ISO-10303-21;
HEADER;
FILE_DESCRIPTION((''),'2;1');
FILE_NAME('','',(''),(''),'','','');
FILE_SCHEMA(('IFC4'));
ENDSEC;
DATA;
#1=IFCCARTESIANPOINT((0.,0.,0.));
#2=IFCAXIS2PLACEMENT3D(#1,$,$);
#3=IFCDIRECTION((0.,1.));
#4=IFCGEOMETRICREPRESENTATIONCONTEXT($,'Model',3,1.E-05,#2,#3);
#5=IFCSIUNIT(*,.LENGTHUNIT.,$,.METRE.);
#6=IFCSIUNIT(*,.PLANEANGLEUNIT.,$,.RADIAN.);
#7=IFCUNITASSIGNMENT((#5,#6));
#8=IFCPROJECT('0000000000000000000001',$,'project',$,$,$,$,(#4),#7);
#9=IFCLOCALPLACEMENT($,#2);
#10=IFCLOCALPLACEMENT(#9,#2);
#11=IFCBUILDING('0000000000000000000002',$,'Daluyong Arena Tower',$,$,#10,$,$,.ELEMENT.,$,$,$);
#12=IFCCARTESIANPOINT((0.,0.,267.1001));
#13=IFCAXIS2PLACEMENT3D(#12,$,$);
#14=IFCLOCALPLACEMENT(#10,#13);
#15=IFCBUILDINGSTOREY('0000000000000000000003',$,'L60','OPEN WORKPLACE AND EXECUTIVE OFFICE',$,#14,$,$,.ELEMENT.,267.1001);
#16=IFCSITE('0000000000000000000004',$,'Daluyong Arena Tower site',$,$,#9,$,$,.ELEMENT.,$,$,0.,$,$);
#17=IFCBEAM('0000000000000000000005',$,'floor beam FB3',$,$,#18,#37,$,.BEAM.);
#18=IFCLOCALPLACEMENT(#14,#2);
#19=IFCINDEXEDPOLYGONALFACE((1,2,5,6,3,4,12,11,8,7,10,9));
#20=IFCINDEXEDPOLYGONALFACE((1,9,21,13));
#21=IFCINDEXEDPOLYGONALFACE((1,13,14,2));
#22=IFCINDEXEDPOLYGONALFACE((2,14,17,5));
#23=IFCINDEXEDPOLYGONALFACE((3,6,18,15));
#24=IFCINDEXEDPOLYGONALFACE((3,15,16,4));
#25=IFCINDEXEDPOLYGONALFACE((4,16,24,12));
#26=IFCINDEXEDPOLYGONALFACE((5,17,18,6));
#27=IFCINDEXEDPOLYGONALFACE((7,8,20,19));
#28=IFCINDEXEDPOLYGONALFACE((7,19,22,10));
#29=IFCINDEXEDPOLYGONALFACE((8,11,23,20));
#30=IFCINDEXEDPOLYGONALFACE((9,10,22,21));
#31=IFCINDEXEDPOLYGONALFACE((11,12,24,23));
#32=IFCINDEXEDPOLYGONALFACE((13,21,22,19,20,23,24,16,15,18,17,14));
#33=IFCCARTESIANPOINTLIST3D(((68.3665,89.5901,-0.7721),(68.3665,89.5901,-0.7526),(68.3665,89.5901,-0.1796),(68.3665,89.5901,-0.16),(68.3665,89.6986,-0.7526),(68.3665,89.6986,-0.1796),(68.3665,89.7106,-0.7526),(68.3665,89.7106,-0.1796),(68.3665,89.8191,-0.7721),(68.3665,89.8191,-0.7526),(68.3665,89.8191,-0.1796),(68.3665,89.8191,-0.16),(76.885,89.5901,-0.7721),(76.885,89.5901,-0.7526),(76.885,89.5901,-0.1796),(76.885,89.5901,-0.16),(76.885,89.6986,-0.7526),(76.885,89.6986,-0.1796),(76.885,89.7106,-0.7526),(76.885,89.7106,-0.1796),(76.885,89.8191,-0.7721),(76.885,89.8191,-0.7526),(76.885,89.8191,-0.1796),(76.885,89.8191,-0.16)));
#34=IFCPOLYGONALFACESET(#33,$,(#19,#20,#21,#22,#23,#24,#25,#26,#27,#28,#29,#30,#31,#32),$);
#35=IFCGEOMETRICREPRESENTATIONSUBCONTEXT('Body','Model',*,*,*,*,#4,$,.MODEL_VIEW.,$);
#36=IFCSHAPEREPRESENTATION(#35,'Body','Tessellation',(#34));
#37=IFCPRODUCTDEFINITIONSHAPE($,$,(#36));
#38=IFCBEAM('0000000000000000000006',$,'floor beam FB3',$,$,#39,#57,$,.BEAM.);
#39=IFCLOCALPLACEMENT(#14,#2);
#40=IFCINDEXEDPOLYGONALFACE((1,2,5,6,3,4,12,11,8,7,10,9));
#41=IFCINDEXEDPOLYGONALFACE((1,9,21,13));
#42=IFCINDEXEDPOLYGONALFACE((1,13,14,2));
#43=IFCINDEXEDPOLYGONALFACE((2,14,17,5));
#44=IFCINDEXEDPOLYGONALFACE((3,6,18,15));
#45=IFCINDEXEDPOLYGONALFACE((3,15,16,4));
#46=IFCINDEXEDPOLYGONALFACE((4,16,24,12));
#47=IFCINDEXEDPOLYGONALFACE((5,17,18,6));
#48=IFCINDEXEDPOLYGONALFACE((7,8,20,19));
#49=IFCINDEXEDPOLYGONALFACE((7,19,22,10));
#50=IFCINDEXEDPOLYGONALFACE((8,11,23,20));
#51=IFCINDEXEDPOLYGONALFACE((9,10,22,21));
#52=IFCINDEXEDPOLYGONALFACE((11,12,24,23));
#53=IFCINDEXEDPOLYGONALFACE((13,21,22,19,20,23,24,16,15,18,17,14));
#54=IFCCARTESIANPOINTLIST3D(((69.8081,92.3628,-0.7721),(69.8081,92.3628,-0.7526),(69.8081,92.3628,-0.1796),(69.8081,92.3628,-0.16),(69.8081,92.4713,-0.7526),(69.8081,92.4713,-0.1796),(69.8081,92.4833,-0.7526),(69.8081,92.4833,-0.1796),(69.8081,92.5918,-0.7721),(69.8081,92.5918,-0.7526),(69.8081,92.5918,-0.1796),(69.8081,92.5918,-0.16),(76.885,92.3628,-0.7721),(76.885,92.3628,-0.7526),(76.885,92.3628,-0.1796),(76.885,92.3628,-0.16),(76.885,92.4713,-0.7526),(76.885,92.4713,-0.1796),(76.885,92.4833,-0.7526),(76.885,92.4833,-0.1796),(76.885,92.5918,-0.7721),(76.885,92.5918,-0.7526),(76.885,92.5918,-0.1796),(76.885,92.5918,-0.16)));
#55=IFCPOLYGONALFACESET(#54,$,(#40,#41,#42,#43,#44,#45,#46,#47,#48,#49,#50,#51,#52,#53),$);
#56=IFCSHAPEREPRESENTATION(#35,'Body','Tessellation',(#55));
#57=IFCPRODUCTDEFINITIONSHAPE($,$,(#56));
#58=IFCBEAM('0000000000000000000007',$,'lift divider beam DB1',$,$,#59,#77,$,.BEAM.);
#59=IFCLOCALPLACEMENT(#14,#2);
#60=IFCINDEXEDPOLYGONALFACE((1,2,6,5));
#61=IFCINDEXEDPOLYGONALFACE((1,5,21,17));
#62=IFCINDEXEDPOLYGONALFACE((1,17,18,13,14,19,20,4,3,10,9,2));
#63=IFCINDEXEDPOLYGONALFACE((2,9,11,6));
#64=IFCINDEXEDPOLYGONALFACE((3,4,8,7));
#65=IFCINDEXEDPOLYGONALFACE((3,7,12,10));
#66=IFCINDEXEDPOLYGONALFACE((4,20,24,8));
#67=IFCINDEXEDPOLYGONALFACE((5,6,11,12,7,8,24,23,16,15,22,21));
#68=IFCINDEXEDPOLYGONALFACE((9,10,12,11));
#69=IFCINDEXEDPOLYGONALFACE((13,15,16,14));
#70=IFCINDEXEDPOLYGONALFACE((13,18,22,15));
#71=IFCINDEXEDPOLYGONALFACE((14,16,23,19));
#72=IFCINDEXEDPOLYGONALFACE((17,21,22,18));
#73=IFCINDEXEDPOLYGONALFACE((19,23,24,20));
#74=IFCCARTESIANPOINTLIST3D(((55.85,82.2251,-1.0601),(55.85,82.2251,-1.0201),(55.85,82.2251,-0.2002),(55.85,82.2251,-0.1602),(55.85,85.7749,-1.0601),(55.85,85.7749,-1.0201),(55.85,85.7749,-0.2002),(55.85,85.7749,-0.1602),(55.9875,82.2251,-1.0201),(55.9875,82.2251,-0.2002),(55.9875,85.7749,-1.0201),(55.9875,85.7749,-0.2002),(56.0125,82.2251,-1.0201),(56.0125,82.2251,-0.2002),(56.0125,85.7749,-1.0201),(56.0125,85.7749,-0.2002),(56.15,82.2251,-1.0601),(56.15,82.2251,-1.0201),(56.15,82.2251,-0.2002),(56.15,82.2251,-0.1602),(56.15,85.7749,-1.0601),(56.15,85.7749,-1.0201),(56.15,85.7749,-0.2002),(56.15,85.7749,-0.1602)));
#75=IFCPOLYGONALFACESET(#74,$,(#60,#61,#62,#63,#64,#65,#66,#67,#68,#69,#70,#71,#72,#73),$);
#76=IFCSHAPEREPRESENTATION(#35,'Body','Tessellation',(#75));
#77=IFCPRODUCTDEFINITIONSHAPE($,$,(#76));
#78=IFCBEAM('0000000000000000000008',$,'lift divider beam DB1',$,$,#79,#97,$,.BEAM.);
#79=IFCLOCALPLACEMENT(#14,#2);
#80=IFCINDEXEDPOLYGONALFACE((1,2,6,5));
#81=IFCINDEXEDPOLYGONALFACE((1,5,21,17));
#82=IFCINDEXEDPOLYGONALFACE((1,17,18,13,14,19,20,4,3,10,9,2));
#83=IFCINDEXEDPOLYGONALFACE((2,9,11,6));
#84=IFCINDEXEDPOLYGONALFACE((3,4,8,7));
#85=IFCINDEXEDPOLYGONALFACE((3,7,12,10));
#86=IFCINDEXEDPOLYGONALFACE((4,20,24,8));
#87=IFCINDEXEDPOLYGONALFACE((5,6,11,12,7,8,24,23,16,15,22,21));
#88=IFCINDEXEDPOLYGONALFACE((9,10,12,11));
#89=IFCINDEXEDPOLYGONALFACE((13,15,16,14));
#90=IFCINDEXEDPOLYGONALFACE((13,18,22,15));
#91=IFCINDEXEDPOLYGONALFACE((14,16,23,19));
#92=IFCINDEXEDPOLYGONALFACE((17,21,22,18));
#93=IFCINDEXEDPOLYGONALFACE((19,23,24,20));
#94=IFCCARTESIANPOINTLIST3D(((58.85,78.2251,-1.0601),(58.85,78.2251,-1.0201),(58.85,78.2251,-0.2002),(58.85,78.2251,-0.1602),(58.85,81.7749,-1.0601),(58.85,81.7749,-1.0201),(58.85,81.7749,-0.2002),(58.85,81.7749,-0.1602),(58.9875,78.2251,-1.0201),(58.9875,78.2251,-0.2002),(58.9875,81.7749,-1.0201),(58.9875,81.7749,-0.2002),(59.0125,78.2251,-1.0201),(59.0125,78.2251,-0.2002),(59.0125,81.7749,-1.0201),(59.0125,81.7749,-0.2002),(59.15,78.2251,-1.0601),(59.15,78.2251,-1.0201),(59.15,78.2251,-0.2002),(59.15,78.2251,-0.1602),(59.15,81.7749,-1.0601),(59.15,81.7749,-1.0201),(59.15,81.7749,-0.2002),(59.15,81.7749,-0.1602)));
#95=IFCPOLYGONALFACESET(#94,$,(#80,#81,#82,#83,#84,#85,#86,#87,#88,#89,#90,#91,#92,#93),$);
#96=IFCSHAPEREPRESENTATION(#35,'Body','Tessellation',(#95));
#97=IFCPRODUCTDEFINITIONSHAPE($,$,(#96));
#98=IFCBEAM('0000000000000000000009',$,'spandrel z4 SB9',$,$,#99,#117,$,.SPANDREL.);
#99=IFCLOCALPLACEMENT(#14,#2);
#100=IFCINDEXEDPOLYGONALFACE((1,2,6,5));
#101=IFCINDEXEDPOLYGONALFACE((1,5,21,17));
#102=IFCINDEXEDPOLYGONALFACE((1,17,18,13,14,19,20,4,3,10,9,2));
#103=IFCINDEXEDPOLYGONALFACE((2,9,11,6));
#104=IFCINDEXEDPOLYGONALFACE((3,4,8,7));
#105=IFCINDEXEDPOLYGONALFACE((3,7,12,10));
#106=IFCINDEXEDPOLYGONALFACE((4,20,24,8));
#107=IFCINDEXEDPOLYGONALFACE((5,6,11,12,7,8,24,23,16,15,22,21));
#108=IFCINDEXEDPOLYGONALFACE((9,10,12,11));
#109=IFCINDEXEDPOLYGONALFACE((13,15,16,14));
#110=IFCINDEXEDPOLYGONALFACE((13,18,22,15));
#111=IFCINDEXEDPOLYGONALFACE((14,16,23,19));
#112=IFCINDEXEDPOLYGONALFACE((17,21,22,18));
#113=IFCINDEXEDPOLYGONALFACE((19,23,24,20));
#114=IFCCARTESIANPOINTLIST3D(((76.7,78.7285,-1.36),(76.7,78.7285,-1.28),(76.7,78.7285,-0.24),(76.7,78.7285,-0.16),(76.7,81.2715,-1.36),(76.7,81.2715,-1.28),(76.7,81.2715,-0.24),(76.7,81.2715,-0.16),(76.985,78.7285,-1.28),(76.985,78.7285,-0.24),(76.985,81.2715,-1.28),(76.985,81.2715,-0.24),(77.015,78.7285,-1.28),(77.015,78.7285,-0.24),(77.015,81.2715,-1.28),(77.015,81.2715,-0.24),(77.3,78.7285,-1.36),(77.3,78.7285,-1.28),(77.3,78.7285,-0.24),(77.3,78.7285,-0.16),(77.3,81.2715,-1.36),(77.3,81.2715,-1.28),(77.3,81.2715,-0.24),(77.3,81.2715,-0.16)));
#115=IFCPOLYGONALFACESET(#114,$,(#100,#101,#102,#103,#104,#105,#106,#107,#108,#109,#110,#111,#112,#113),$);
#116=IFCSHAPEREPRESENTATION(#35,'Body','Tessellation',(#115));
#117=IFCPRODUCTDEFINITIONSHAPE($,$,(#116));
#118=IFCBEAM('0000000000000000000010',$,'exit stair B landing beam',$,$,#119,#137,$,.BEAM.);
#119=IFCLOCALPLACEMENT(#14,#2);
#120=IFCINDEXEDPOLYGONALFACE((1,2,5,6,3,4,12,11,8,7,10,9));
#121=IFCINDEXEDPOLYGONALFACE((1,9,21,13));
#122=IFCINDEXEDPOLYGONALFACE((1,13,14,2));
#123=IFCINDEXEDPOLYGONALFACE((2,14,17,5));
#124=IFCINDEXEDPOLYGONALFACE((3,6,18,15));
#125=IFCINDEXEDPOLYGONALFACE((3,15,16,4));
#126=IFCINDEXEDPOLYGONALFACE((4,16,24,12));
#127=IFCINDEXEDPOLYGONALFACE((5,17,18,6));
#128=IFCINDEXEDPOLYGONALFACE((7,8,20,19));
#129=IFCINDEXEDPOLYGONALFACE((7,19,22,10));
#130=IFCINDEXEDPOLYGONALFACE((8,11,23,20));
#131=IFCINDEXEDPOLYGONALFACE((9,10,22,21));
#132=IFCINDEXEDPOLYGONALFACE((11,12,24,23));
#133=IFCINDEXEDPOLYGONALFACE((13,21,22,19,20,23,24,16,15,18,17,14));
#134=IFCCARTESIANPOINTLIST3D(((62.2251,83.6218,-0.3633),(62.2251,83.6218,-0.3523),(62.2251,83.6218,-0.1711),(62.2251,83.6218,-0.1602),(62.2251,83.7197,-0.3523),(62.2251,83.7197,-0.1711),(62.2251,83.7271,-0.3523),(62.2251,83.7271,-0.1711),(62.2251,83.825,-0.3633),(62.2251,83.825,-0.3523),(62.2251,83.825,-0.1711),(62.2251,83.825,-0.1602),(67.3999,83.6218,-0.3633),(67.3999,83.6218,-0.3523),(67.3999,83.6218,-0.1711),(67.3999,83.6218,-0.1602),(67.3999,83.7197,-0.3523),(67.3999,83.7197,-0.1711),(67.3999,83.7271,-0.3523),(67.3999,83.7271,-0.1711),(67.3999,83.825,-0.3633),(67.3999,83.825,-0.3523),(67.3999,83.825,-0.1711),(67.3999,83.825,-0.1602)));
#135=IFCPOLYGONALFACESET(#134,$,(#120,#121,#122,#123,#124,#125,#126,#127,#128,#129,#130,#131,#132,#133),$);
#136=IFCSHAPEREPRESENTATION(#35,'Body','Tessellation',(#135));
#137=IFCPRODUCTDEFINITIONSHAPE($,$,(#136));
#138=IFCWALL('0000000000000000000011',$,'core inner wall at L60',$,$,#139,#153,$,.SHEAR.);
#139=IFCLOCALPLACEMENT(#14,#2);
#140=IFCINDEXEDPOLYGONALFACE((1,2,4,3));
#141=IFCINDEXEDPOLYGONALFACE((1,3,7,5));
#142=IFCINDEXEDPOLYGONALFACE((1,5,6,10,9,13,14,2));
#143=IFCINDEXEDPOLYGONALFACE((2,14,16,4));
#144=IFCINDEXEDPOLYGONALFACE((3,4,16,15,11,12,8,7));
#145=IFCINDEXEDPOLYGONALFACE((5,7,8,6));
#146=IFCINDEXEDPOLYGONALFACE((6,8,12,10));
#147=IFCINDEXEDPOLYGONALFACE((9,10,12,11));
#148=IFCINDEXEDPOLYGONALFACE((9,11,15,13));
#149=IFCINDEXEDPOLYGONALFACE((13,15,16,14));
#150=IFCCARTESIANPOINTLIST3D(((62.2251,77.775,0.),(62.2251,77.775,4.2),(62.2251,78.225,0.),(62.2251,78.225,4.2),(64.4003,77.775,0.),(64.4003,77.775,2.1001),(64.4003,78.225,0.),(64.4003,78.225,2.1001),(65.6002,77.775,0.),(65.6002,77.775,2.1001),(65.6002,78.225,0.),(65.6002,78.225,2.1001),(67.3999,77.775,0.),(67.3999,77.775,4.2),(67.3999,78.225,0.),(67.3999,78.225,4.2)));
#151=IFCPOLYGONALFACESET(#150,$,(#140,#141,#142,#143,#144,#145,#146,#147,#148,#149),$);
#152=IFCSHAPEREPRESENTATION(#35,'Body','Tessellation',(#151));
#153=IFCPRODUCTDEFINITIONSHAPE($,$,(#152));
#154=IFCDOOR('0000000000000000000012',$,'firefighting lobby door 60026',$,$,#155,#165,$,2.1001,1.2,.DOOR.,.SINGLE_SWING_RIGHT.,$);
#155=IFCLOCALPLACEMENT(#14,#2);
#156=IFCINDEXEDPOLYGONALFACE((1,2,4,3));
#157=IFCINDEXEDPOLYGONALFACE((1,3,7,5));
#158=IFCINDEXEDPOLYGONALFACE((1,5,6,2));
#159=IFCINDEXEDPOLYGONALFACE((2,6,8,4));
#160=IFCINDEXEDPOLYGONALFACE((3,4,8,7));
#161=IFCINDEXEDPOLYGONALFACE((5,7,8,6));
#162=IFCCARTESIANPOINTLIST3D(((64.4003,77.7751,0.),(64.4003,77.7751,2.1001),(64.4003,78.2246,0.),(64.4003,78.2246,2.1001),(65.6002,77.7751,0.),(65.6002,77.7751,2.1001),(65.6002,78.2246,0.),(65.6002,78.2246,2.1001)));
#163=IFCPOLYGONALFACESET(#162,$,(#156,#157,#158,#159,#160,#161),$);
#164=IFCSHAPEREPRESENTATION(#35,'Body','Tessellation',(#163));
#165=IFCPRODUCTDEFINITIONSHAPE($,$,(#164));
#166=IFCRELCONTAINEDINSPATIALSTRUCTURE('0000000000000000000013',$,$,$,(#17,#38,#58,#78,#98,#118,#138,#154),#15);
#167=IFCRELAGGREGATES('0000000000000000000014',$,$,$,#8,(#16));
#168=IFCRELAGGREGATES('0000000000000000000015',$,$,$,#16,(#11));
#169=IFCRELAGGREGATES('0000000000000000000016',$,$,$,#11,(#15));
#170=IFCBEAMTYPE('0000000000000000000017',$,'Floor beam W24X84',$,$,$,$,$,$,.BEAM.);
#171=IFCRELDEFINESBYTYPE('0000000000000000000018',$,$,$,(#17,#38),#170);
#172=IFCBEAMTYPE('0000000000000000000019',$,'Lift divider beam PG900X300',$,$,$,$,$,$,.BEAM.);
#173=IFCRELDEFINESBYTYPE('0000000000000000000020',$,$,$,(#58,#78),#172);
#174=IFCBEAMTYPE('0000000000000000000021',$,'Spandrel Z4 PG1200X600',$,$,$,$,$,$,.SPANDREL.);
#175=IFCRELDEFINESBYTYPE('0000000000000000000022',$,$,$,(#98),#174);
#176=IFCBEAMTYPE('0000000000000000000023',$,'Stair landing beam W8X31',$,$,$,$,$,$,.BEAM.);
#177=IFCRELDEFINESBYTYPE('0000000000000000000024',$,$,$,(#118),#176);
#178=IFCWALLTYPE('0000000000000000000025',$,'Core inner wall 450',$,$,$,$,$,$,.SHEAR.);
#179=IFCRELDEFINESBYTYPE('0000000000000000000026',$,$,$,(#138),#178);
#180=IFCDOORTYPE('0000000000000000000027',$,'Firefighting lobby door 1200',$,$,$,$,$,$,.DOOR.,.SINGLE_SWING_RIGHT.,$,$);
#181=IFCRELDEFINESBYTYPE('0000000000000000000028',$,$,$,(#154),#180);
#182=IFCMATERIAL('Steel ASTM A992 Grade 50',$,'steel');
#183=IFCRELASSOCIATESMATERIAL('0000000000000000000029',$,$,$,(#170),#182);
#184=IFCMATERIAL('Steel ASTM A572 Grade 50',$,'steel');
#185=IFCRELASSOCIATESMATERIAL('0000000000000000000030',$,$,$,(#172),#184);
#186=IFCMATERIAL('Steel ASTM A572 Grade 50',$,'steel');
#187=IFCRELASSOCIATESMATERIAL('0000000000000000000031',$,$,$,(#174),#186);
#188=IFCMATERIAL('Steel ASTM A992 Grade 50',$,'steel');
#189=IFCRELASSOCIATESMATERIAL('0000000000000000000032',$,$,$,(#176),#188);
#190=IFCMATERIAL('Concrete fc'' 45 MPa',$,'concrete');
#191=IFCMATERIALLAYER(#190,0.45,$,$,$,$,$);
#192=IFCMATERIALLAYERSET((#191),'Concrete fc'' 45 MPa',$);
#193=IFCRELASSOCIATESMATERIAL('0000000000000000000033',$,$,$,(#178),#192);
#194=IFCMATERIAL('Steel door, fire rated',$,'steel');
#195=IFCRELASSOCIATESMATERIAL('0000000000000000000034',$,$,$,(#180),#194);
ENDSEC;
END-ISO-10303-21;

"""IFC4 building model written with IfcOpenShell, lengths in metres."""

from ifc_helpers import new_model, si_unit, direction, frame, frame_2d, origin, origin_2d, place, context, subcontext, project, spatial, rectangle, i_section, extrude, material, layer, layer_set, material_profile, profile_set, type_object, element, fill, save


model = new_model("IFC4")

# Units and contexts
model_context = context("Model", 3, precision=1e-05, world=origin(), true_north=direction((0.0, 1.0)))
body_context = subcontext(model_context, "Body", "Model", "MODEL_VIEW")
ifc_project = project(units=[si_unit("LENGTHUNIT", "METRE"), si_unit("PLANEANGLEUNIT", "RADIAN")], contexts=[model_context])

# Site, building, storey
site_placement = place(None, origin())
site = spatial("IfcSite", under=ifc_project, at=site_placement, Name="Daluyong Arena Tower site", CompositionType="ELEMENT", RefElevation=0.0)
building_placement = place(site_placement, origin())
building = spatial("IfcBuilding", under=site, at=building_placement, Name="Daluyong Arena Tower", CompositionType="ELEMENT")
storey_placement = place(building_placement, frame((0.0, 0.0, 267.1001)))
storey = spatial("IfcBuildingStorey", under=building, at=storey_placement, Name="L60", Description="OPEN WORKPLACE AND EXECUTIVE OFFICE", CompositionType="ELEMENT", Elevation=267.1001)

# Beams
ifc_material_1 = material(Name="Steel ASTM A992 Grade 50", Category="steel")
ifc_material_profile_1 = material_profile(ifc_material_1, i_section(OverallWidth=0.229, OverallDepth=0.6121, WebThickness=0.012, FlangeThickness=0.0195, at=origin_2d()))
ifc_profile_set_1 = profile_set([ifc_material_profile_1], Name="Steel ASTM A992 Grade 50")
beam_type_1 = type_object("IfcBeamType", Name="Floor beam W24X84", PredefinedType="BEAM", material=ifc_profile_set_1)
beam_1_placement = place(storey_placement, frame((76.885, 89.7046, -0.4661), z_axis=(-1.0, 0.0, 0.0), x_axis=(0.0, -1.0, 0.0)))
element("IfcBeam", 1, at=beam_1_placement, inside=storey, type_object=beam_type_1, Name="floor beam FB3", PredefinedType="BEAM", context=body_context, shape_type="SweptSolid", body=[
    extrude(i_section(OverallWidth=0.229, OverallDepth=0.6121, WebThickness=0.012, FlangeThickness=0.0195, at=origin_2d()), origin(), (0.0, 0.0, 1.0), 8.5186),
])
beam_2_placement = place(storey_placement, frame((76.885, 92.4773, -0.4661), z_axis=(-1.0, 0.0, 0.0), x_axis=(0.0, -1.0, 0.0)))
element("IfcBeam", 2, at=beam_2_placement, inside=storey, type_object=beam_type_1, Name="floor beam FB3", PredefinedType="BEAM", context=body_context, shape_type="SweptSolid", body=[
    extrude(i_section(OverallWidth=0.229, OverallDepth=0.6121, WebThickness=0.012, FlangeThickness=0.0195, at=origin_2d()), origin(), (0.0, 0.0, 1.0), 7.0769),
])
ifc_material_2 = material(Name="Steel ASTM A572 Grade 50", Category="steel")
ifc_material_profile_2 = material_profile(ifc_material_2, i_section(OverallWidth=0.3, OverallDepth=0.8999, WebThickness=0.025, FlangeThickness=0.04, at=origin_2d()))
ifc_profile_set_2 = profile_set([ifc_material_profile_2], Name="Steel ASTM A572 Grade 50")
beam_type_2 = type_object("IfcBeamType", Name="Lift divider beam PG900X300", PredefinedType="BEAM", material=ifc_profile_set_2)
for number, where, z_axis, x_axis, name in (
    (3, (56.0, 82.2251, -0.6101), (0.0, 1.0, 0.0), (-1.0, 0.0, 0.0), "lift divider beam DB1"),
    (4, (59.0, 78.2251, -0.6101), (0.0, 1.0, 0.0), (-1.0, 0.0, 0.0), "lift divider beam DB1"),
):
    element("IfcBeam", number, at=place(storey_placement, frame(where, z_axis=z_axis, x_axis=x_axis)), inside=storey, type_object=beam_type_2, Name=name, PredefinedType="BEAM", context=body_context, shape_type="SweptSolid", body=[
        extrude(i_section(OverallWidth=0.3, OverallDepth=0.8999, WebThickness=0.025, FlangeThickness=0.04, at=origin_2d()), origin(), (0.0, 0.0, 1.0), 3.5498),
    ])
ifc_material_3 = material(Name="Steel ASTM A572 Grade 50", Category="steel")
ifc_material_profile_3 = material_profile(ifc_material_3, i_section(OverallWidth=0.6001, OverallDepth=1.2, WebThickness=0.03, FlangeThickness=0.08, at=origin_2d()))
ifc_profile_set_3 = profile_set([ifc_material_profile_3], Name="Steel ASTM A572 Grade 50")
beam_type_3 = type_object("IfcBeamType", Name="Spandrel Z4 PG1200X600", PredefinedType="SPANDREL", material=ifc_profile_set_3)
beam_3_placement = place(storey_placement, frame((77.0, 78.7285, -0.76), z_axis=(0.0, 1.0, 0.0), x_axis=(-1.0, 0.0, 0.0)))
element("IfcBeam", 5, at=beam_3_placement, inside=storey, type_object=beam_type_3, Name="spandrel z4 SB9", PredefinedType="SPANDREL", context=body_context, shape_type="SweptSolid", body=[
    extrude(i_section(OverallWidth=0.6001, OverallDepth=1.2, WebThickness=0.03, FlangeThickness=0.08, at=origin_2d()), origin(), (0.0, 0.0, 1.0), 2.543),
])
ifc_material_4 = material(Name="Steel ASTM A992 Grade 50", Category="steel")
ifc_material_profile_4 = material_profile(ifc_material_4, i_section(OverallWidth=0.2031, OverallDepth=0.2031, WebThickness=0.0073, FlangeThickness=0.011, at=origin_2d()))
ifc_profile_set_4 = profile_set([ifc_material_profile_4], Name="Steel ASTM A992 Grade 50")
beam_type_4 = type_object("IfcBeamType", Name="Stair landing beam W8X31", PredefinedType="BEAM", material=ifc_profile_set_4)
beam_4_placement = place(storey_placement, frame((62.2251, 83.7234, -0.2617), z_axis=(1.0, 0.0, 0.0), x_axis=(0.0, 1.0, 0.0)))
element("IfcBeam", 6, at=beam_4_placement, inside=storey, type_object=beam_type_4, Name="exit stair B landing beam", PredefinedType="BEAM", context=body_context, shape_type="SweptSolid", body=[
    extrude(i_section(OverallWidth=0.2031, OverallDepth=0.2031, WebThickness=0.0073, FlangeThickness=0.011, at=origin_2d()), origin(), (0.0, 0.0, 1.0), 5.1748),
])

# Wall, opening, door
ifc_material_5 = material(Name="Concrete fc' 45 MPa", Category="concrete")
ifc_layer_1 = layer(ifc_material_5, 0.45)
ifc_layer_set_1 = layer_set([ifc_layer_1], Name="Concrete fc' 45 MPa")
wall_type_1 = type_object("IfcWallType", Name="Core inner wall 450", PredefinedType="SHEAR", material=ifc_layer_set_1)
wall_1_placement = place(storey_placement, frame((62.2251, 78.0, 0.0), z_axis=(0.0, 0.0, 1.0), x_axis=(1.0, 0.0, 0.0)))
wall_1 = element("IfcWall", 7, at=wall_1_placement, inside=storey, type_object=wall_type_1, Name="core inner wall at L60", PredefinedType="SHEAR", context=body_context, shape_type="SweptSolid", body=[
    extrude(rectangle(XDim=5.1748, YDim=0.45, at=frame_2d((2.5874, 0.0))), origin(), (0.0, 0.0, 1.0), 4.2),
])
opening_1_placement = place(wall_1_placement, frame((2.175, 0.0, 0.0)))
opening_1 = element("IfcOpeningElement", 8, at=opening_1_placement, cuts=wall_1, PredefinedType="OPENING", context=body_context, shape_type="SweptSolid", body=[
    extrude(rectangle(XDim=1.2, YDim=2.1001, at=frame_2d((0.6001, 1.05))), frame((0.0, 0.2349, 0.0), z_axis=(0.0, -1.0, 0.0), x_axis=(1.0, 0.0, 0.0)), (0.0, 0.0, 1.0), 0.47),
])
ifc_material_6 = material(Name="Steel door, fire rated", Category="steel")
door_type_1 = type_object("IfcDoorType", Name="Firefighting lobby door 1200", OperationType="SINGLE_SWING_RIGHT", PredefinedType="DOOR", material=ifc_material_6)
door_1_placement = place(opening_1_placement, origin())
door_1 = element("IfcDoor", 9, at=door_1_placement, inside=storey, type_object=door_type_1, Name="firefighting lobby door 60026", OperationType="SINGLE_SWING_RIGHT", OverallHeight=2.1001, OverallWidth=1.2, PredefinedType="DOOR", context=body_context, shape_type="SweptSolid", body=[
    extrude(rectangle(XDim=1.2, YDim=2.1001, at=frame_2d((0.6001, 1.05))), frame((0.0, 0.2246, 0.0), z_axis=(0.0, -1.0, 0.0), x_axis=(1.0, 0.0, 0.0)), (0.0, 0.0, 1.0), 0.4495),
])
fill(opening_1, door_1)

save(model, "model.ifc")
